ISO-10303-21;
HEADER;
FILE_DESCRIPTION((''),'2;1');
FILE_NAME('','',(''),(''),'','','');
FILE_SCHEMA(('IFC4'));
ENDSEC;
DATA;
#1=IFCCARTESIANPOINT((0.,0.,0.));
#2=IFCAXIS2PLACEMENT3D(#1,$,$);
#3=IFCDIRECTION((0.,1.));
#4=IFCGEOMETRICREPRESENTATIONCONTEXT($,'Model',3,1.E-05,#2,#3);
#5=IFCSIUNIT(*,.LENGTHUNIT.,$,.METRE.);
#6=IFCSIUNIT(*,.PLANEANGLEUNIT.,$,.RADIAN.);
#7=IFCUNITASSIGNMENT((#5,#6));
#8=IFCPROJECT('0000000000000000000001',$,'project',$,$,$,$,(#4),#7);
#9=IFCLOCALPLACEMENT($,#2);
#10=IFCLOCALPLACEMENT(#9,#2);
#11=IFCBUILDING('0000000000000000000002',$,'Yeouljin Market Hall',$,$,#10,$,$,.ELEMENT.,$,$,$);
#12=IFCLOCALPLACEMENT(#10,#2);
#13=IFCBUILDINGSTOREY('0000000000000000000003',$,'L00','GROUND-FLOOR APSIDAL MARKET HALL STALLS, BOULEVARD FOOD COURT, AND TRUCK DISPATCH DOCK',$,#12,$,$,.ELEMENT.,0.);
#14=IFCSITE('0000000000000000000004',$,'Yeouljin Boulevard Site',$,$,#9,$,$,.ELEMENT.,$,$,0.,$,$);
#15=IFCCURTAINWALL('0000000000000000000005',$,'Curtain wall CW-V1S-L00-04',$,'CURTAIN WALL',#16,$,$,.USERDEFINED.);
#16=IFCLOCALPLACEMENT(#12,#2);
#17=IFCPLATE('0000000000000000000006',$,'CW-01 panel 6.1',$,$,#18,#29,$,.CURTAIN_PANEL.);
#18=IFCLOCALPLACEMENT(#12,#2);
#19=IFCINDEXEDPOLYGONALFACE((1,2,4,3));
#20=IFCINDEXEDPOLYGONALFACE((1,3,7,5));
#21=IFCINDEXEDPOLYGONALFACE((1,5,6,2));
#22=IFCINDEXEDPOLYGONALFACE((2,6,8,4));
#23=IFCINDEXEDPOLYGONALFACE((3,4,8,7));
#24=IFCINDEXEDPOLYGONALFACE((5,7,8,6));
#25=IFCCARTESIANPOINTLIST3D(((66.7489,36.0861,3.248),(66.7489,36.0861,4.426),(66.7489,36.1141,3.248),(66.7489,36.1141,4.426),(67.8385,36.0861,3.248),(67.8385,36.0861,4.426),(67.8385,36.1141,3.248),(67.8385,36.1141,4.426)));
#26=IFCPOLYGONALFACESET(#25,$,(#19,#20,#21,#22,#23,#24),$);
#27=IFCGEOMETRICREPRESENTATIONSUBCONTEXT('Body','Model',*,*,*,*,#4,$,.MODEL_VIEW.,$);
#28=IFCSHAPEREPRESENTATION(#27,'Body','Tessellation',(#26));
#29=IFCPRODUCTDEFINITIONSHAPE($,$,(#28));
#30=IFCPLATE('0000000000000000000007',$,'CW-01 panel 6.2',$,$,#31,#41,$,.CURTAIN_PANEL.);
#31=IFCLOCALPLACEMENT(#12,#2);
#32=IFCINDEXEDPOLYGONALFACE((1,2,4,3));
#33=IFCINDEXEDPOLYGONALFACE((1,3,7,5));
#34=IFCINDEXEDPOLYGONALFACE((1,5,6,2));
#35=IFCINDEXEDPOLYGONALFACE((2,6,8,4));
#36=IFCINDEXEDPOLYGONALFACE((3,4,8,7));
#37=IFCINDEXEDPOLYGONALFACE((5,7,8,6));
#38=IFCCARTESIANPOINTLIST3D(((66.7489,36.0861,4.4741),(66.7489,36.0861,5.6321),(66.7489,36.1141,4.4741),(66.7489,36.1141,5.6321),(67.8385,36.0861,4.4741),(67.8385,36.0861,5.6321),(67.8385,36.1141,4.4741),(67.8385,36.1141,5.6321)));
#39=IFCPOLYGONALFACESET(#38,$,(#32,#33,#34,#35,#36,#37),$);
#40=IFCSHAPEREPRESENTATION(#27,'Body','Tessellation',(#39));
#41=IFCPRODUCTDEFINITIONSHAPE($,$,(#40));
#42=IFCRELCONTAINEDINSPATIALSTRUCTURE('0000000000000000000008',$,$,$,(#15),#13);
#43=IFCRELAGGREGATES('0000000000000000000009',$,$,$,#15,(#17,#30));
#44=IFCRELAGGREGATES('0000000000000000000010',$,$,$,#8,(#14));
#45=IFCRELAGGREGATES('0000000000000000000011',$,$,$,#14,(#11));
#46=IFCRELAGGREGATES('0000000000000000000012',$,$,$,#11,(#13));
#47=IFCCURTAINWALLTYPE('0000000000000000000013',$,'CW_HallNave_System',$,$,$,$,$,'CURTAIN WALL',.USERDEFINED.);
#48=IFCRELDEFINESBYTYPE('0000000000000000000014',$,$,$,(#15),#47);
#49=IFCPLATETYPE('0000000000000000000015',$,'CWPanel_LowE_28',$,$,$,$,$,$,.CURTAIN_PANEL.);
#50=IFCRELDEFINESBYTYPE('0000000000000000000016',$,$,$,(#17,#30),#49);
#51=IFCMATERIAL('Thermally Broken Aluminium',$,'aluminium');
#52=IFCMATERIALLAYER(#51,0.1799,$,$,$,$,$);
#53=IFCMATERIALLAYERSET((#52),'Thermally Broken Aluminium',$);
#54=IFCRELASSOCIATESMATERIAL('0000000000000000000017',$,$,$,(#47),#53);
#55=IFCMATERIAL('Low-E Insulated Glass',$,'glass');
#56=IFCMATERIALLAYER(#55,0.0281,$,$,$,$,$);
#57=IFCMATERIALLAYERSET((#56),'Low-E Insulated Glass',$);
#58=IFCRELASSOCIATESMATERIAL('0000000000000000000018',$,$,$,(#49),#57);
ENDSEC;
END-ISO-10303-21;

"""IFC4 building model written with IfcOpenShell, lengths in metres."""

from ifc_helpers import new_model, si_unit, direction, frame, origin, origin_2d, place, context, subcontext, project, spatial, rectangle, extrude, material, layer, layer_set, type_object, element, aggregate, save


model = new_model("IFC4")

# Units and contexts
model_context = context("Model", 3, precision=1e-05, world=origin(), true_north=direction((0.0, 1.0)))
body_context = subcontext(model_context, "Body", "Model", "MODEL_VIEW")
ifc_project = project(units=[si_unit("LENGTHUNIT", "METRE"), si_unit("PLANEANGLEUNIT", "RADIAN")], contexts=[model_context])

# Site, building, storey
site_placement = place(None, origin())
site = spatial("IfcSite", under=ifc_project, at=site_placement, Name="Yeouljin Boulevard Site", CompositionType="ELEMENT", RefElevation=0.0)
building_placement = place(site_placement, origin())
building = spatial("IfcBuilding", under=site, at=building_placement, Name="Yeouljin Market Hall", CompositionType="ELEMENT")
storey_placement = place(building_placement, origin())
storey = spatial("IfcBuildingStorey", under=building, at=storey_placement, Name="L00", Description="GROUND-FLOOR APSIDAL MARKET HALL STALLS, BOULEVARD FOOD COURT, AND TRUCK DISPATCH DOCK", CompositionType="ELEMENT", Elevation=0.0)

# Curtain wall, plates
ifc_material_1 = material(Name="Thermally Broken Aluminium", Category="aluminium")
ifc_layer_1 = layer(ifc_material_1, 0.1799)
ifc_layer_set_1 = layer_set([ifc_layer_1], Name="Thermally Broken Aluminium")
curtain_wall_type = type_object("IfcCurtainWallType", Name="CW_HallNave_System", ElementType="CURTAIN WALL", PredefinedType="USERDEFINED", material=ifc_layer_set_1)
curtain_wall_placement = place(storey_placement, origin())
curtain_wall = element("IfcCurtainWall", 1, at=curtain_wall_placement, inside=storey, type_object=curtain_wall_type, Name="Curtain wall CW-V1S-L00-04", ObjectType="CURTAIN WALL", PredefinedType="USERDEFINED")
ifc_material_2 = material(Name="Low-E Insulated Glass", Category="glass")
ifc_layer_2 = layer(ifc_material_2, 0.0281)
ifc_layer_set_2 = layer_set([ifc_layer_2], Name="Low-E Insulated Glass")
plate_type = type_object("IfcPlateType", Name="CWPanel_LowE_28", PredefinedType="CURTAIN_PANEL", material=ifc_layer_set_2)
plate_1_placement = place(storey_placement, frame((67.2937, 36.1001, 3.248), z_axis=(0.0, 0.0, 1.0), x_axis=(-1.0, 0.0, 0.0)))
plate_1 = element("IfcPlate", 2, at=plate_1_placement, type_object=plate_type, Name="CW-01 panel 6.1", PredefinedType="CURTAIN_PANEL", context=body_context, shape_type="SweptSolid", body=[
    extrude(rectangle(XDim=1.0896, YDim=0.0281, at=origin_2d()), origin(), (0.0, 0.0, 1.0), 1.178),
])
plate_2_placement = place(storey_placement, frame((67.2937, 36.1001, 4.4741), z_axis=(0.0, 0.0, 1.0), x_axis=(-1.0, 0.0, 0.0)))
plate_2 = element("IfcPlate", 3, at=plate_2_placement, type_object=plate_type, Name="CW-01 panel 6.2", PredefinedType="CURTAIN_PANEL", context=body_context, shape_type="SweptSolid", body=[
    extrude(rectangle(XDim=1.0896, YDim=0.0281, at=origin_2d()), origin(), (0.0, 0.0, 1.0), 1.158),
])
aggregate(curtain_wall, [plate_1, plate_2])

save(model, "model.ifc")
